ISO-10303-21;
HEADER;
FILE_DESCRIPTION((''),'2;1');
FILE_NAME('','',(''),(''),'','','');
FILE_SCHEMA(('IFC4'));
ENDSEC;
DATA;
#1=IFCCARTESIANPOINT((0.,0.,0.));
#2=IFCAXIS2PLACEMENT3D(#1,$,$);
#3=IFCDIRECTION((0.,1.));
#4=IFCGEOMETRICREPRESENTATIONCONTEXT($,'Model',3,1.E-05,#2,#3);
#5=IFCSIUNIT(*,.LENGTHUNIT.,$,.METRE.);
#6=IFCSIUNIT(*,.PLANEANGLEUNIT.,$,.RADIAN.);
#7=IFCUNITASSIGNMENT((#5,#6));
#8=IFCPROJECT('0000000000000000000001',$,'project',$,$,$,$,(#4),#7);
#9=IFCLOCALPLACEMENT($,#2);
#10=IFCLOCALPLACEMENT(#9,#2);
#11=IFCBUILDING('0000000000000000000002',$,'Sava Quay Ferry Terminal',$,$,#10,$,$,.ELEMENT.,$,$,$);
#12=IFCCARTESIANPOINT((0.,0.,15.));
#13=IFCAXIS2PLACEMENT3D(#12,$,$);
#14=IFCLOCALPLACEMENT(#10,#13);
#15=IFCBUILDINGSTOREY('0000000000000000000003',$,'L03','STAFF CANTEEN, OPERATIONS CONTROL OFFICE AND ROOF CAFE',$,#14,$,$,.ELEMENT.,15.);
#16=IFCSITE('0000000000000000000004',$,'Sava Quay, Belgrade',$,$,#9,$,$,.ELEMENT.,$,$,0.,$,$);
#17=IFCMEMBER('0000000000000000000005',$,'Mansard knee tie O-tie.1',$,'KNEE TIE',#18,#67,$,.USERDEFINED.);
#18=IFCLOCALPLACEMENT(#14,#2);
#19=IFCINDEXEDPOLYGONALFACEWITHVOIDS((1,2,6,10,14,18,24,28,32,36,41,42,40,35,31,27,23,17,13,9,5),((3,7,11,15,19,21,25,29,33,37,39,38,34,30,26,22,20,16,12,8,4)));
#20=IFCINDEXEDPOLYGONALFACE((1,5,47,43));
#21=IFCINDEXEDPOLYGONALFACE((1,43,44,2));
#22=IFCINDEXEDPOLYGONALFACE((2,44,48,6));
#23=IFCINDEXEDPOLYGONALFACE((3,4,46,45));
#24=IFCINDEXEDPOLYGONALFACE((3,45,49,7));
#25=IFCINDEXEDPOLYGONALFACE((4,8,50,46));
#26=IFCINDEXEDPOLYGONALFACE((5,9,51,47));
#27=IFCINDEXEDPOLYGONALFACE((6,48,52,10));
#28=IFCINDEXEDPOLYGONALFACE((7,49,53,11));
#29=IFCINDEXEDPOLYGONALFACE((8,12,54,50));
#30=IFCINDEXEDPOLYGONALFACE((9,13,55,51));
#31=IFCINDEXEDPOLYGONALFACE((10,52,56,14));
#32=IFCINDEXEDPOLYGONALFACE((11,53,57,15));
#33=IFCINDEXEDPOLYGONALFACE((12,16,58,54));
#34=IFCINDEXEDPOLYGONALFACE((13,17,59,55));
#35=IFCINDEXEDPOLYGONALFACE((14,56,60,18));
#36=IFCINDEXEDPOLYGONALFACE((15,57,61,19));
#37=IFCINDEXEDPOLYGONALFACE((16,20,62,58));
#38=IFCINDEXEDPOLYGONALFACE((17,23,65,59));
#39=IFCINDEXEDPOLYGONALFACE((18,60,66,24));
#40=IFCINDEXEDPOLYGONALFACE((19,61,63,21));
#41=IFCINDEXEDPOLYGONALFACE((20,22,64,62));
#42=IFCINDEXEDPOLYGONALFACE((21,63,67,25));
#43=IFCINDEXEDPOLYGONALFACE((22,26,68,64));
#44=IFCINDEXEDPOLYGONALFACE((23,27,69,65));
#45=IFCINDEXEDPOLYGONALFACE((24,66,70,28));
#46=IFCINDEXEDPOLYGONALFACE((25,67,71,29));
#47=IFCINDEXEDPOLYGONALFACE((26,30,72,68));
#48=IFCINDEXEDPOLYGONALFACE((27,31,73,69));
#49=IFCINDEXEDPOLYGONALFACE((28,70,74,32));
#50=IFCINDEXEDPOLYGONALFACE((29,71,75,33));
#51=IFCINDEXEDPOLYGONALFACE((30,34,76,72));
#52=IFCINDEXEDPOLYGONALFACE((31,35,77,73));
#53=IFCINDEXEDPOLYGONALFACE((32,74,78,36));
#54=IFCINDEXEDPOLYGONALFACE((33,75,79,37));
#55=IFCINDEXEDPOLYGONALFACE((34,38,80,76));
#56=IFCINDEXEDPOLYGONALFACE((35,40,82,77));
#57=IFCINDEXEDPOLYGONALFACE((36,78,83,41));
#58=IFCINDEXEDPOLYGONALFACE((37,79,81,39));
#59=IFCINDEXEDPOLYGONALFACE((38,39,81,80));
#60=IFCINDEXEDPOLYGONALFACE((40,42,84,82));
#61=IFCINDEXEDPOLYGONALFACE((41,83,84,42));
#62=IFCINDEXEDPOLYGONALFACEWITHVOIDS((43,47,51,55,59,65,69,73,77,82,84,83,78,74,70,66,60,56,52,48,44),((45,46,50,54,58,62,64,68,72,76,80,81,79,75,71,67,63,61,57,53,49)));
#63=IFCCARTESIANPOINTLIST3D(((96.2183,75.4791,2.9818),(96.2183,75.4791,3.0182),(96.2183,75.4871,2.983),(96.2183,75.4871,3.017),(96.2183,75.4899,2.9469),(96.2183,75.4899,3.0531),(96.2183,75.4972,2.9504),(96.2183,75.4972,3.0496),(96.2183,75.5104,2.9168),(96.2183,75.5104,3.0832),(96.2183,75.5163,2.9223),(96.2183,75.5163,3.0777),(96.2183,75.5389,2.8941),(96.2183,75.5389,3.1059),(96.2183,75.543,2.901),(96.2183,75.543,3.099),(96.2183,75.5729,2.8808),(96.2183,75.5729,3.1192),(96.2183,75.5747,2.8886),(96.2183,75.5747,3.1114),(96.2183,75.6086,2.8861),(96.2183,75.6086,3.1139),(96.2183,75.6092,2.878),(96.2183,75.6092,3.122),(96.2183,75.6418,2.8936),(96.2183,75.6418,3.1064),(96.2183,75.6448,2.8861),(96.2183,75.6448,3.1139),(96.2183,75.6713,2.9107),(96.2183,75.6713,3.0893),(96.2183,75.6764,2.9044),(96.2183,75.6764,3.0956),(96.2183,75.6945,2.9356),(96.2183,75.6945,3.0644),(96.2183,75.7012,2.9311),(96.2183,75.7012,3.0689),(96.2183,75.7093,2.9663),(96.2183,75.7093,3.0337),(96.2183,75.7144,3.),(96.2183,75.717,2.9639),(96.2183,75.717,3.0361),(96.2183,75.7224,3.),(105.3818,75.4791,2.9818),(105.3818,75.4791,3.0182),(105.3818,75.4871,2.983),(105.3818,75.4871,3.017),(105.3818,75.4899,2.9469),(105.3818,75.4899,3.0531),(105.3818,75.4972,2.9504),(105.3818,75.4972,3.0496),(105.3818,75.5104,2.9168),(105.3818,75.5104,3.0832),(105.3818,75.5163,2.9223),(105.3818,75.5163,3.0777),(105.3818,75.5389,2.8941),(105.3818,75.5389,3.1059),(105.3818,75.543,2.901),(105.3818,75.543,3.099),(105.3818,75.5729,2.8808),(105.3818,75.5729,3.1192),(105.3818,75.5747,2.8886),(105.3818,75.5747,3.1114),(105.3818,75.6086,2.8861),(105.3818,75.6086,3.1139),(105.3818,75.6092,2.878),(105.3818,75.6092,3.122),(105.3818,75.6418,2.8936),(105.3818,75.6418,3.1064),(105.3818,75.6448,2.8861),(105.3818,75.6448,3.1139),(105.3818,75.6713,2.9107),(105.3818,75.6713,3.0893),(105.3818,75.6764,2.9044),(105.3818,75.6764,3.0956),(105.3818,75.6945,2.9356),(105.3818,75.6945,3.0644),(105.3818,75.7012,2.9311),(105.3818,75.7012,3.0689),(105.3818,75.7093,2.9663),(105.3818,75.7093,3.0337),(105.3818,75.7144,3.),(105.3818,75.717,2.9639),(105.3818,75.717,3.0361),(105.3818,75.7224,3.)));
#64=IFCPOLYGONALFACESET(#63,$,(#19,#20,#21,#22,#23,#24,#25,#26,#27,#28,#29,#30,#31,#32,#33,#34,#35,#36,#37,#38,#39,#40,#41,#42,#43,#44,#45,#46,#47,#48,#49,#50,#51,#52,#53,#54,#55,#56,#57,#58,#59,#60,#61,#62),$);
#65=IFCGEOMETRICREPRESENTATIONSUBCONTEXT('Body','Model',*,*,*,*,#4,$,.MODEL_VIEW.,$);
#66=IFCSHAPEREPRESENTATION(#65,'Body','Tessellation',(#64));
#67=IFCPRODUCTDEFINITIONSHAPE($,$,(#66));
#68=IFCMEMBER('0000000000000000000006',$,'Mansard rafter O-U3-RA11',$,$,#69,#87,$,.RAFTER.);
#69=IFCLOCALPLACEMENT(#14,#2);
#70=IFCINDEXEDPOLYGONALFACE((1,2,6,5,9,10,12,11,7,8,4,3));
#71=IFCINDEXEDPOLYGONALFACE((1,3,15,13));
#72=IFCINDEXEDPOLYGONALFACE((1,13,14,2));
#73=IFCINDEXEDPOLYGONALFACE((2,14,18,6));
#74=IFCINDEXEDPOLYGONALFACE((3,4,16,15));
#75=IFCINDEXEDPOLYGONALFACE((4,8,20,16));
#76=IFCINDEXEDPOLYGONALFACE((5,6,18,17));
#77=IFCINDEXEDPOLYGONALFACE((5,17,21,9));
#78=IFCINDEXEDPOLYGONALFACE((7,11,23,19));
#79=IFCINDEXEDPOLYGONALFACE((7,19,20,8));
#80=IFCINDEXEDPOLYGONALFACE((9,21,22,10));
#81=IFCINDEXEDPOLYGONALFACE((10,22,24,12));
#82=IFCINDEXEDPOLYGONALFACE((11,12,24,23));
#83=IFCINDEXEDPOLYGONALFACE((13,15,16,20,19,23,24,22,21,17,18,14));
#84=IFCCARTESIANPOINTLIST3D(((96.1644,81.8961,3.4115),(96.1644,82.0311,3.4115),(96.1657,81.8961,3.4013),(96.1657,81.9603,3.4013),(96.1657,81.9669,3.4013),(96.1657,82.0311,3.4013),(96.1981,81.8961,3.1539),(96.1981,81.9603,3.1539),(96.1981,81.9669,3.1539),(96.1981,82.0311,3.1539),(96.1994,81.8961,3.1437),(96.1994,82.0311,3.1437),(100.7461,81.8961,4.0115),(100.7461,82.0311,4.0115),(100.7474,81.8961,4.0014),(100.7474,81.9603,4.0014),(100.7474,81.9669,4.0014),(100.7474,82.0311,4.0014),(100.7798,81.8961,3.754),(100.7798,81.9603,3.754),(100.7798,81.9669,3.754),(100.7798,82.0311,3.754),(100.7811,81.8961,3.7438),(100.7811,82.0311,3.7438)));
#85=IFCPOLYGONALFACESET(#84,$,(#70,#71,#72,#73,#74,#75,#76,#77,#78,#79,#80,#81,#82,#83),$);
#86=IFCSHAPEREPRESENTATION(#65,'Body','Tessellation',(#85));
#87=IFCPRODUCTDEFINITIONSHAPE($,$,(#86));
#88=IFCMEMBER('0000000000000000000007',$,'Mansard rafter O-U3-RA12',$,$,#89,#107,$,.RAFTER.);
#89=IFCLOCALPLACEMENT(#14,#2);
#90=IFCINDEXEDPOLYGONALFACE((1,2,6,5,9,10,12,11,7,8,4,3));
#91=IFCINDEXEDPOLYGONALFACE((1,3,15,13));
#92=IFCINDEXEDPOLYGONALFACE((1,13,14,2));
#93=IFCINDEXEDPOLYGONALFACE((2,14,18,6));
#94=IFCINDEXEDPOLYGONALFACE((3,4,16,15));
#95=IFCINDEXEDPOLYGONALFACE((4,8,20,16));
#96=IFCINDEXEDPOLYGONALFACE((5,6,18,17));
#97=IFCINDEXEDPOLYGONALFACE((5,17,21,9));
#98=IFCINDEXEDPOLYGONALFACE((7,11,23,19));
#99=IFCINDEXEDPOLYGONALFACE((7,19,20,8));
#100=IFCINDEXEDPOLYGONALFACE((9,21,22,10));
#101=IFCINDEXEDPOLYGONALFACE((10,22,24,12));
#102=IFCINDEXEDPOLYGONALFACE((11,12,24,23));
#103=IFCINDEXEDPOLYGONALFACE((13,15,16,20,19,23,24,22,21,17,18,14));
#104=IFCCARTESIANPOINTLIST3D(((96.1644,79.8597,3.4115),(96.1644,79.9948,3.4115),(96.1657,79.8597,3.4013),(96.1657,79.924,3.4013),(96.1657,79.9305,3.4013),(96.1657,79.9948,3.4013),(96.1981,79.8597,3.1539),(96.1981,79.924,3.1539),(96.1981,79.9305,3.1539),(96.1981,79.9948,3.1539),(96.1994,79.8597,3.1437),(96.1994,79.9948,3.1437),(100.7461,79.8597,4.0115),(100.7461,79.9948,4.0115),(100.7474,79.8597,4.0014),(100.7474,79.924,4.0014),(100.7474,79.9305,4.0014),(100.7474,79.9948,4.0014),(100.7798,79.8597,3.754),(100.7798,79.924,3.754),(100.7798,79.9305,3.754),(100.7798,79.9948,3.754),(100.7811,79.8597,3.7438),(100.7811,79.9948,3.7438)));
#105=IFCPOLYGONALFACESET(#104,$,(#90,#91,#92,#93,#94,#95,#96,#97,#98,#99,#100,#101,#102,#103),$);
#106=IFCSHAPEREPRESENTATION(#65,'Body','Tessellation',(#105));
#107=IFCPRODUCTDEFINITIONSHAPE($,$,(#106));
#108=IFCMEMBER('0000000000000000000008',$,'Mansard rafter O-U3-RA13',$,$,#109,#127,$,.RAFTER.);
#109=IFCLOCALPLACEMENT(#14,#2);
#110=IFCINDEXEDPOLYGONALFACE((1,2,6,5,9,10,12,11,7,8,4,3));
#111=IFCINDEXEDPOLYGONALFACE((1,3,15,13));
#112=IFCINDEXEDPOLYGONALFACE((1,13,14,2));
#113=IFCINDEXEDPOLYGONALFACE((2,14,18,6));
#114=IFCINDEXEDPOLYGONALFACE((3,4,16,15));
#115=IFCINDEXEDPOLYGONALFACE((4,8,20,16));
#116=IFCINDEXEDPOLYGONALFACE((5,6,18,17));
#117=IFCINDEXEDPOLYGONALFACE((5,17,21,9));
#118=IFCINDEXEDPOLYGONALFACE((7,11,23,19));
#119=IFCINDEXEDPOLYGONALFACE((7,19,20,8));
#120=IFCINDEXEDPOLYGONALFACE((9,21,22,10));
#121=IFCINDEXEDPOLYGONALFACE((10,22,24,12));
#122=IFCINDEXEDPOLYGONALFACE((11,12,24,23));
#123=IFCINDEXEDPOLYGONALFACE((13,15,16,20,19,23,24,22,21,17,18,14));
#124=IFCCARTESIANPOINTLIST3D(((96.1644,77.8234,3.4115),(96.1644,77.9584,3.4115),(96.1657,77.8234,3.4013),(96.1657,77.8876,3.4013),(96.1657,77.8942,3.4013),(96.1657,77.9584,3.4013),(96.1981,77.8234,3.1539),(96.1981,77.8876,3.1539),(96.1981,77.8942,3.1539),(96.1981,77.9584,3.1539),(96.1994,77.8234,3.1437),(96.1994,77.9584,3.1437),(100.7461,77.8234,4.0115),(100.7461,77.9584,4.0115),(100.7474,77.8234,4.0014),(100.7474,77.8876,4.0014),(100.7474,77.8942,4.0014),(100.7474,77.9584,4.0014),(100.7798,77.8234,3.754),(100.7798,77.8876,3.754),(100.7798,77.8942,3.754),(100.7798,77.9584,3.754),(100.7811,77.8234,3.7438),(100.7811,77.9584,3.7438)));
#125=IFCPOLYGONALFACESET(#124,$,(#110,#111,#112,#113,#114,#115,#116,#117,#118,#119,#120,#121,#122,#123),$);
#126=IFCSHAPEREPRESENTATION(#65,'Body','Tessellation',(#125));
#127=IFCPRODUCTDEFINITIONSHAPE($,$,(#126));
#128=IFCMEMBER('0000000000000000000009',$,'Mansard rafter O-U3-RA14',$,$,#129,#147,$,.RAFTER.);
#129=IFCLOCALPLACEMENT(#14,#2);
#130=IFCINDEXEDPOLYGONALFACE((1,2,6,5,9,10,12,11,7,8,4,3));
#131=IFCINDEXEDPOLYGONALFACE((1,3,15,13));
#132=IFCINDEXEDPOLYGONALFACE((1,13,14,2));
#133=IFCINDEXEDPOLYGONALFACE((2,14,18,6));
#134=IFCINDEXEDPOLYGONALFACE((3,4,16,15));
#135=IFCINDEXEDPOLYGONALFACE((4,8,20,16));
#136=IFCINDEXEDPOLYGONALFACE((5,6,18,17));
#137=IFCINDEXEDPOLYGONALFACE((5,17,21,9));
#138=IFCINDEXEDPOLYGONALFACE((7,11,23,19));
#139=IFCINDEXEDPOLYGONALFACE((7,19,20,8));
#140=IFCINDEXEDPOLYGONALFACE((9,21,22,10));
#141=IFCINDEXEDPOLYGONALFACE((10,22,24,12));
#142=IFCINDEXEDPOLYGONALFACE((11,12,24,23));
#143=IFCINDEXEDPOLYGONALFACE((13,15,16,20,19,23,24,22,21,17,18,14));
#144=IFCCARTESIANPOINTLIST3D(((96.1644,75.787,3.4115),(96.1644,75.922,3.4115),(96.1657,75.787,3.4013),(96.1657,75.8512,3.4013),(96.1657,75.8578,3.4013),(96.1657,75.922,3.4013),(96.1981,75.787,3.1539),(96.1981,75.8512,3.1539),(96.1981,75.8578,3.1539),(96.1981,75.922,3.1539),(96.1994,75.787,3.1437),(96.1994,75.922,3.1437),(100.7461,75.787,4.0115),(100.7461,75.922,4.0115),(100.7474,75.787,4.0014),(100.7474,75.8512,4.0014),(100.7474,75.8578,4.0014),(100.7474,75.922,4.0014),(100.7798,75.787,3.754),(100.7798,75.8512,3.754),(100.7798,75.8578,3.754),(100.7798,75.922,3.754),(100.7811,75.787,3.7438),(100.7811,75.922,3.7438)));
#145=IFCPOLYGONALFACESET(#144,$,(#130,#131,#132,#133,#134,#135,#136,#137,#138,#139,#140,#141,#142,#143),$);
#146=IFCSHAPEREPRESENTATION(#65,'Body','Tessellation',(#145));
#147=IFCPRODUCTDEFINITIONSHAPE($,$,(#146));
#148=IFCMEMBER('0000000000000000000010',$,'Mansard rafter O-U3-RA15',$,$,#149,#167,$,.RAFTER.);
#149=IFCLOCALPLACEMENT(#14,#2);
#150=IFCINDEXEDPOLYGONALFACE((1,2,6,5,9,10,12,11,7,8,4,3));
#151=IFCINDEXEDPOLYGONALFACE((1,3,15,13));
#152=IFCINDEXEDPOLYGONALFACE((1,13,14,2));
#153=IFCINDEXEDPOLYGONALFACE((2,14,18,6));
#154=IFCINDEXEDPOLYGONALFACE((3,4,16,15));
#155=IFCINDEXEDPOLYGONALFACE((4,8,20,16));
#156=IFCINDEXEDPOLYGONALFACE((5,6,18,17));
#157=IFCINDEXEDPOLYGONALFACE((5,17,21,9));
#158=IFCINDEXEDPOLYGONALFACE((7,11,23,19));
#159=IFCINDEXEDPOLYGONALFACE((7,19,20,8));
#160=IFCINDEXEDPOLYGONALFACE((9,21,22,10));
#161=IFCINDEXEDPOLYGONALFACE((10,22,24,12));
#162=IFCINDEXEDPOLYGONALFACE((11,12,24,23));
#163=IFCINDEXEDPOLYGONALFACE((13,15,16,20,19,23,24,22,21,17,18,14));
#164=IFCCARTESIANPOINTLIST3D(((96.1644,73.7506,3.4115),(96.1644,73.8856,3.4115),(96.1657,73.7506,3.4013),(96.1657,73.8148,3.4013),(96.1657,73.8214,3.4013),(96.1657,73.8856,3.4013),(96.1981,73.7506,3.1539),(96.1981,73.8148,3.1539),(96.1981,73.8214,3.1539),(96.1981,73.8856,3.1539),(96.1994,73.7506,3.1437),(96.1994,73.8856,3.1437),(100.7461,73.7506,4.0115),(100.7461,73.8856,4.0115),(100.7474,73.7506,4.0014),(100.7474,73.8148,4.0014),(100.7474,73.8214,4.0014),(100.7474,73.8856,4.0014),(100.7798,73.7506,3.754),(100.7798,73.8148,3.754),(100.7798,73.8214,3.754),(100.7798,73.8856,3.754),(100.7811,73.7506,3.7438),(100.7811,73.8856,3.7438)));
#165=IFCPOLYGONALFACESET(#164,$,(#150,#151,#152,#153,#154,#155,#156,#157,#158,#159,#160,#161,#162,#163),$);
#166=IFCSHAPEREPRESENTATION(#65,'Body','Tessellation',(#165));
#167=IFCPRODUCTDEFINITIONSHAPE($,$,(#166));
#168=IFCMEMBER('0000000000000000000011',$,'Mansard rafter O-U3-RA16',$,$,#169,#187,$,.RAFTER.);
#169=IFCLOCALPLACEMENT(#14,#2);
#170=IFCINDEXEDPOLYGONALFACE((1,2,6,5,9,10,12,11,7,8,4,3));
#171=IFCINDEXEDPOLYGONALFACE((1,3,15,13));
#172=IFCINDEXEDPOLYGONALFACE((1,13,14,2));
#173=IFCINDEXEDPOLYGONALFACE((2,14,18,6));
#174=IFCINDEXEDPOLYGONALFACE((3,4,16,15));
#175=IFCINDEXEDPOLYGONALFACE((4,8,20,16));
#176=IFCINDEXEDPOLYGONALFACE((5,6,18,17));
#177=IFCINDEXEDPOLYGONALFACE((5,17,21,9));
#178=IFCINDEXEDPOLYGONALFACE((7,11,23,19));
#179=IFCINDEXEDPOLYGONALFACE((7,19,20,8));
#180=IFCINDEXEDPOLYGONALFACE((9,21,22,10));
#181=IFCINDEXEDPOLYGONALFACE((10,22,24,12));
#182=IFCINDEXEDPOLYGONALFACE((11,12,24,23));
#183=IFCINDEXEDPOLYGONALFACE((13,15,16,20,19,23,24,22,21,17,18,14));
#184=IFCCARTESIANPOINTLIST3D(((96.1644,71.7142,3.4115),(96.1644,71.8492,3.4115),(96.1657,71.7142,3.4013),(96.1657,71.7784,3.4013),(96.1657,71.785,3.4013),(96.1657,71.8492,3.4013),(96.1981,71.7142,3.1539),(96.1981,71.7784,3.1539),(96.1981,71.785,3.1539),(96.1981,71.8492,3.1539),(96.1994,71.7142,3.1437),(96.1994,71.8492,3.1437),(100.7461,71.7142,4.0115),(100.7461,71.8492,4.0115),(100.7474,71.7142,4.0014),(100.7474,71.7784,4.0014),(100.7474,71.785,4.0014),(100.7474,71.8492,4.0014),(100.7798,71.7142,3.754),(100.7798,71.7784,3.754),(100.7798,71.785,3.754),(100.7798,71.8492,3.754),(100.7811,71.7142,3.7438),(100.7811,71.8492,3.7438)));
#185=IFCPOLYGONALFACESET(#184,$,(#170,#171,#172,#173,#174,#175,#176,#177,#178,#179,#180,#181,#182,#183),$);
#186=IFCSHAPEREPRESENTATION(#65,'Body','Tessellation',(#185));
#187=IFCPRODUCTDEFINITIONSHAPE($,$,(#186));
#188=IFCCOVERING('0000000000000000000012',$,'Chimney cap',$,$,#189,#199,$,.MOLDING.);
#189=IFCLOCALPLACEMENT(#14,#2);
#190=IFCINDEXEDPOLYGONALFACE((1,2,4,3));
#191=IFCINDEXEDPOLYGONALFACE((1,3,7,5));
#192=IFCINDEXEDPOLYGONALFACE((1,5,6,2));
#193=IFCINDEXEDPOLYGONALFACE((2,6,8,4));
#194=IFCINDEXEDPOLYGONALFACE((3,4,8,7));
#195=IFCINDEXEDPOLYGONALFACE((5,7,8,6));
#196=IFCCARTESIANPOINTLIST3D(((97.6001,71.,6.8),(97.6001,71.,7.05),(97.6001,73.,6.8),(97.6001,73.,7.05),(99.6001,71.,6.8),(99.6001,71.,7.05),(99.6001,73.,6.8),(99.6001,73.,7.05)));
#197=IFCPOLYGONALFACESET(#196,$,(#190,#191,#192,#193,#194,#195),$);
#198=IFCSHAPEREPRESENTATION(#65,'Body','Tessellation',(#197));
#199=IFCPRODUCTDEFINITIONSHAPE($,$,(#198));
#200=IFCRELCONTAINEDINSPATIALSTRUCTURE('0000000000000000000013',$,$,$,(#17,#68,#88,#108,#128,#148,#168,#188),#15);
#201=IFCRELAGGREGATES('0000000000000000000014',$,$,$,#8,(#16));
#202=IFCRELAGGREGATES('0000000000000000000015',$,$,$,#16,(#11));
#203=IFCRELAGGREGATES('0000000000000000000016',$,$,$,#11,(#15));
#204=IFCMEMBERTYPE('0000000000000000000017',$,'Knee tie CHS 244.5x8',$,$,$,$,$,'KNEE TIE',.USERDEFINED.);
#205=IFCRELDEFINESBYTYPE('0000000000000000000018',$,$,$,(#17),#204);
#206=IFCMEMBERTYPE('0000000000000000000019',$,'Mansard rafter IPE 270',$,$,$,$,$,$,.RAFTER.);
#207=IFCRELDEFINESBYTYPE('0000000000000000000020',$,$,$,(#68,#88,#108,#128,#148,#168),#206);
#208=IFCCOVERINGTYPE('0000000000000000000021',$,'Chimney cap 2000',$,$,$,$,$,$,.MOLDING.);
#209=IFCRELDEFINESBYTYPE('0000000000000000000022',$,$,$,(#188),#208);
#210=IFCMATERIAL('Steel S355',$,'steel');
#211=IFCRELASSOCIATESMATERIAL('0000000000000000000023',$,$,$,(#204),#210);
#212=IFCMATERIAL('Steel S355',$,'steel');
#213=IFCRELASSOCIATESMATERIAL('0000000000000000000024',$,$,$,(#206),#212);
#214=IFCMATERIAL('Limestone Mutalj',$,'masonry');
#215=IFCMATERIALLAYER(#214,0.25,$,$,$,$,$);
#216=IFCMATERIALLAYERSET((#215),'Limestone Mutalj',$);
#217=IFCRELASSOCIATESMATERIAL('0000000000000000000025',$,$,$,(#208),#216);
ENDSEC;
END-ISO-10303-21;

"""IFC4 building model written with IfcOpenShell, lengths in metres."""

from ifc_helpers import new_model, si_unit, direction, frame, origin, origin_2d, place, context, subcontext, project, spatial, rectangle, hollow_circle, i_section, extrude, material, layer, layer_set, material_profile, profile_set, type_object, element, save


model = new_model("IFC4")

# Units and contexts
model_context = context("Model", 3, precision=1e-05, world=origin(), true_north=direction((0.0, 1.0)))
body_context = subcontext(model_context, "Body", "Model", "MODEL_VIEW")
ifc_project = project(units=[si_unit("LENGTHUNIT", "METRE"), si_unit("PLANEANGLEUNIT", "RADIAN")], contexts=[model_context])

# Site, building, storey
site_placement = place(None, origin())
site = spatial("IfcSite", under=ifc_project, at=site_placement, Name="Sava Quay, Belgrade", CompositionType="ELEMENT", RefElevation=0.0)
building_placement = place(site_placement, origin())
building = spatial("IfcBuilding", under=site, at=building_placement, Name="Sava Quay Ferry Terminal", CompositionType="ELEMENT")
storey_placement = place(building_placement, frame((0.0, 0.0, 15.0)))
storey = spatial("IfcBuildingStorey", under=building, at=storey_placement, Name="L03", Description="STAFF CANTEEN, OPERATIONS CONTROL OFFICE AND ROOF CAFE", CompositionType="ELEMENT", Elevation=15.0)

# Members
ifc_material_1 = material(Name="Steel S355", Category="steel")
ifc_material_profile_1 = material_profile(ifc_material_1, hollow_circle(Radius=0.1223, WallThickness=0.0081, at=origin_2d()), Name="CHS 244.5 x 8.0")
ifc_profile_set_1 = profile_set([ifc_material_profile_1], Name="Steel S355")
member_type_1 = type_object("IfcMemberType", Name="Knee tie CHS 244.5x8", ElementType="KNEE TIE", PredefinedType="USERDEFINED", material=ifc_profile_set_1)
member_placement = place(storey_placement, frame((96.2183, 75.6001, 3.0), z_axis=(1.0, 0.0, 0.0), x_axis=(0.0, 1.0, 0.0)))
element("IfcMember", 1, at=member_placement, inside=storey, type_object=member_type_1, Name="Mansard knee tie O-tie.1", ObjectType="KNEE TIE", PredefinedType="USERDEFINED", context=body_context, shape_type="SweptSolid", body=[
    extrude(hollow_circle(Radius=0.1223, WallThickness=0.0081, at=origin_2d()), origin(), (0.0, 0.0, 1.0), 9.1636),
])
ifc_material_2 = material(Name="Steel S355", Category="steel")
ifc_material_profile_2 = material_profile(ifc_material_2, i_section(OverallWidth=0.135, OverallDepth=0.27, WebThickness=0.0066, FlangeThickness=0.0103, at=origin_2d()), Name="IPE 270")
ifc_profile_set_2 = profile_set([ifc_material_profile_2], Name="Steel S355")
member_type_2 = type_object("IfcMemberType", Name="Mansard rafter IPE 270", PredefinedType="RAFTER", material=ifc_profile_set_2)
for number, where, z_axis, x_axis, name in (
    (2, (96.1819, 81.9636, 3.2776), (0.991532, 0.0, 0.129865), (0.0, 1.0, 0.0), "Mansard rafter O-U3-RA11"),
    (3, (96.1819, 79.9272, 3.2776), (0.991532, 0.0, 0.129865), (0.0, 1.0, 0.0), "Mansard rafter O-U3-RA12"),
    (4, (96.1819, 77.8909, 3.2776), (0.991532, 0.0, 0.129865), (0.0, 1.0, 0.0), "Mansard rafter O-U3-RA13"),
    (5, (96.1819, 75.8545, 3.2776), (0.991532, 0.0, 0.129865), (0.0, 1.0, 0.0), "Mansard rafter O-U3-RA14"),
    (6, (96.1819, 73.8181, 3.2776), (0.991532, 0.0, 0.129865), (0.0, 1.0, 0.0), "Mansard rafter O-U3-RA15"),
    (7, (96.1819, 71.7817, 3.2776), (0.991532, 0.0, 0.129865), (0.0, 1.0, 0.0), "Mansard rafter O-U3-RA16"),
):
    element("IfcMember", number, at=place(storey_placement, frame(where, z_axis=z_axis, x_axis=x_axis)), inside=storey, type_object=member_type_2, Name=name, PredefinedType="RAFTER", context=body_context, shape_type="SweptSolid", body=[
        extrude(i_section(OverallWidth=0.135, OverallDepth=0.27, WebThickness=0.0066, FlangeThickness=0.0103, at=origin_2d()), origin(), (0.0, 0.0, 1.0), 4.6208),
    ])

# Covering
ifc_material_3 = material(Name="Limestone Mutalj", Category="masonry")
ifc_layer_1 = layer(ifc_material_3, 0.25)
ifc_layer_set_1 = layer_set([ifc_layer_1], Name="Limestone Mutalj")
covering_type_1 = type_object("IfcCoveringType", Name="Chimney cap 2000", PredefinedType="MOLDING", material=ifc_layer_set_1)
covering_1_placement = place(storey_placement, frame((98.6001, 72.0, 6.8), z_axis=(0.0, 0.0, 1.0), x_axis=(1.0, 0.0, 0.0)))
element("IfcCovering", 8, at=covering_1_placement, inside=storey, type_object=covering_type_1, Name="Chimney cap", PredefinedType="MOLDING", context=body_context, shape_type="SweptSolid", body=[
    extrude(rectangle(XDim=2.0, YDim=2.0, at=origin_2d()), origin(), (0.0, 0.0, 1.0), 0.25),
])

save(model, "model.ifc")
